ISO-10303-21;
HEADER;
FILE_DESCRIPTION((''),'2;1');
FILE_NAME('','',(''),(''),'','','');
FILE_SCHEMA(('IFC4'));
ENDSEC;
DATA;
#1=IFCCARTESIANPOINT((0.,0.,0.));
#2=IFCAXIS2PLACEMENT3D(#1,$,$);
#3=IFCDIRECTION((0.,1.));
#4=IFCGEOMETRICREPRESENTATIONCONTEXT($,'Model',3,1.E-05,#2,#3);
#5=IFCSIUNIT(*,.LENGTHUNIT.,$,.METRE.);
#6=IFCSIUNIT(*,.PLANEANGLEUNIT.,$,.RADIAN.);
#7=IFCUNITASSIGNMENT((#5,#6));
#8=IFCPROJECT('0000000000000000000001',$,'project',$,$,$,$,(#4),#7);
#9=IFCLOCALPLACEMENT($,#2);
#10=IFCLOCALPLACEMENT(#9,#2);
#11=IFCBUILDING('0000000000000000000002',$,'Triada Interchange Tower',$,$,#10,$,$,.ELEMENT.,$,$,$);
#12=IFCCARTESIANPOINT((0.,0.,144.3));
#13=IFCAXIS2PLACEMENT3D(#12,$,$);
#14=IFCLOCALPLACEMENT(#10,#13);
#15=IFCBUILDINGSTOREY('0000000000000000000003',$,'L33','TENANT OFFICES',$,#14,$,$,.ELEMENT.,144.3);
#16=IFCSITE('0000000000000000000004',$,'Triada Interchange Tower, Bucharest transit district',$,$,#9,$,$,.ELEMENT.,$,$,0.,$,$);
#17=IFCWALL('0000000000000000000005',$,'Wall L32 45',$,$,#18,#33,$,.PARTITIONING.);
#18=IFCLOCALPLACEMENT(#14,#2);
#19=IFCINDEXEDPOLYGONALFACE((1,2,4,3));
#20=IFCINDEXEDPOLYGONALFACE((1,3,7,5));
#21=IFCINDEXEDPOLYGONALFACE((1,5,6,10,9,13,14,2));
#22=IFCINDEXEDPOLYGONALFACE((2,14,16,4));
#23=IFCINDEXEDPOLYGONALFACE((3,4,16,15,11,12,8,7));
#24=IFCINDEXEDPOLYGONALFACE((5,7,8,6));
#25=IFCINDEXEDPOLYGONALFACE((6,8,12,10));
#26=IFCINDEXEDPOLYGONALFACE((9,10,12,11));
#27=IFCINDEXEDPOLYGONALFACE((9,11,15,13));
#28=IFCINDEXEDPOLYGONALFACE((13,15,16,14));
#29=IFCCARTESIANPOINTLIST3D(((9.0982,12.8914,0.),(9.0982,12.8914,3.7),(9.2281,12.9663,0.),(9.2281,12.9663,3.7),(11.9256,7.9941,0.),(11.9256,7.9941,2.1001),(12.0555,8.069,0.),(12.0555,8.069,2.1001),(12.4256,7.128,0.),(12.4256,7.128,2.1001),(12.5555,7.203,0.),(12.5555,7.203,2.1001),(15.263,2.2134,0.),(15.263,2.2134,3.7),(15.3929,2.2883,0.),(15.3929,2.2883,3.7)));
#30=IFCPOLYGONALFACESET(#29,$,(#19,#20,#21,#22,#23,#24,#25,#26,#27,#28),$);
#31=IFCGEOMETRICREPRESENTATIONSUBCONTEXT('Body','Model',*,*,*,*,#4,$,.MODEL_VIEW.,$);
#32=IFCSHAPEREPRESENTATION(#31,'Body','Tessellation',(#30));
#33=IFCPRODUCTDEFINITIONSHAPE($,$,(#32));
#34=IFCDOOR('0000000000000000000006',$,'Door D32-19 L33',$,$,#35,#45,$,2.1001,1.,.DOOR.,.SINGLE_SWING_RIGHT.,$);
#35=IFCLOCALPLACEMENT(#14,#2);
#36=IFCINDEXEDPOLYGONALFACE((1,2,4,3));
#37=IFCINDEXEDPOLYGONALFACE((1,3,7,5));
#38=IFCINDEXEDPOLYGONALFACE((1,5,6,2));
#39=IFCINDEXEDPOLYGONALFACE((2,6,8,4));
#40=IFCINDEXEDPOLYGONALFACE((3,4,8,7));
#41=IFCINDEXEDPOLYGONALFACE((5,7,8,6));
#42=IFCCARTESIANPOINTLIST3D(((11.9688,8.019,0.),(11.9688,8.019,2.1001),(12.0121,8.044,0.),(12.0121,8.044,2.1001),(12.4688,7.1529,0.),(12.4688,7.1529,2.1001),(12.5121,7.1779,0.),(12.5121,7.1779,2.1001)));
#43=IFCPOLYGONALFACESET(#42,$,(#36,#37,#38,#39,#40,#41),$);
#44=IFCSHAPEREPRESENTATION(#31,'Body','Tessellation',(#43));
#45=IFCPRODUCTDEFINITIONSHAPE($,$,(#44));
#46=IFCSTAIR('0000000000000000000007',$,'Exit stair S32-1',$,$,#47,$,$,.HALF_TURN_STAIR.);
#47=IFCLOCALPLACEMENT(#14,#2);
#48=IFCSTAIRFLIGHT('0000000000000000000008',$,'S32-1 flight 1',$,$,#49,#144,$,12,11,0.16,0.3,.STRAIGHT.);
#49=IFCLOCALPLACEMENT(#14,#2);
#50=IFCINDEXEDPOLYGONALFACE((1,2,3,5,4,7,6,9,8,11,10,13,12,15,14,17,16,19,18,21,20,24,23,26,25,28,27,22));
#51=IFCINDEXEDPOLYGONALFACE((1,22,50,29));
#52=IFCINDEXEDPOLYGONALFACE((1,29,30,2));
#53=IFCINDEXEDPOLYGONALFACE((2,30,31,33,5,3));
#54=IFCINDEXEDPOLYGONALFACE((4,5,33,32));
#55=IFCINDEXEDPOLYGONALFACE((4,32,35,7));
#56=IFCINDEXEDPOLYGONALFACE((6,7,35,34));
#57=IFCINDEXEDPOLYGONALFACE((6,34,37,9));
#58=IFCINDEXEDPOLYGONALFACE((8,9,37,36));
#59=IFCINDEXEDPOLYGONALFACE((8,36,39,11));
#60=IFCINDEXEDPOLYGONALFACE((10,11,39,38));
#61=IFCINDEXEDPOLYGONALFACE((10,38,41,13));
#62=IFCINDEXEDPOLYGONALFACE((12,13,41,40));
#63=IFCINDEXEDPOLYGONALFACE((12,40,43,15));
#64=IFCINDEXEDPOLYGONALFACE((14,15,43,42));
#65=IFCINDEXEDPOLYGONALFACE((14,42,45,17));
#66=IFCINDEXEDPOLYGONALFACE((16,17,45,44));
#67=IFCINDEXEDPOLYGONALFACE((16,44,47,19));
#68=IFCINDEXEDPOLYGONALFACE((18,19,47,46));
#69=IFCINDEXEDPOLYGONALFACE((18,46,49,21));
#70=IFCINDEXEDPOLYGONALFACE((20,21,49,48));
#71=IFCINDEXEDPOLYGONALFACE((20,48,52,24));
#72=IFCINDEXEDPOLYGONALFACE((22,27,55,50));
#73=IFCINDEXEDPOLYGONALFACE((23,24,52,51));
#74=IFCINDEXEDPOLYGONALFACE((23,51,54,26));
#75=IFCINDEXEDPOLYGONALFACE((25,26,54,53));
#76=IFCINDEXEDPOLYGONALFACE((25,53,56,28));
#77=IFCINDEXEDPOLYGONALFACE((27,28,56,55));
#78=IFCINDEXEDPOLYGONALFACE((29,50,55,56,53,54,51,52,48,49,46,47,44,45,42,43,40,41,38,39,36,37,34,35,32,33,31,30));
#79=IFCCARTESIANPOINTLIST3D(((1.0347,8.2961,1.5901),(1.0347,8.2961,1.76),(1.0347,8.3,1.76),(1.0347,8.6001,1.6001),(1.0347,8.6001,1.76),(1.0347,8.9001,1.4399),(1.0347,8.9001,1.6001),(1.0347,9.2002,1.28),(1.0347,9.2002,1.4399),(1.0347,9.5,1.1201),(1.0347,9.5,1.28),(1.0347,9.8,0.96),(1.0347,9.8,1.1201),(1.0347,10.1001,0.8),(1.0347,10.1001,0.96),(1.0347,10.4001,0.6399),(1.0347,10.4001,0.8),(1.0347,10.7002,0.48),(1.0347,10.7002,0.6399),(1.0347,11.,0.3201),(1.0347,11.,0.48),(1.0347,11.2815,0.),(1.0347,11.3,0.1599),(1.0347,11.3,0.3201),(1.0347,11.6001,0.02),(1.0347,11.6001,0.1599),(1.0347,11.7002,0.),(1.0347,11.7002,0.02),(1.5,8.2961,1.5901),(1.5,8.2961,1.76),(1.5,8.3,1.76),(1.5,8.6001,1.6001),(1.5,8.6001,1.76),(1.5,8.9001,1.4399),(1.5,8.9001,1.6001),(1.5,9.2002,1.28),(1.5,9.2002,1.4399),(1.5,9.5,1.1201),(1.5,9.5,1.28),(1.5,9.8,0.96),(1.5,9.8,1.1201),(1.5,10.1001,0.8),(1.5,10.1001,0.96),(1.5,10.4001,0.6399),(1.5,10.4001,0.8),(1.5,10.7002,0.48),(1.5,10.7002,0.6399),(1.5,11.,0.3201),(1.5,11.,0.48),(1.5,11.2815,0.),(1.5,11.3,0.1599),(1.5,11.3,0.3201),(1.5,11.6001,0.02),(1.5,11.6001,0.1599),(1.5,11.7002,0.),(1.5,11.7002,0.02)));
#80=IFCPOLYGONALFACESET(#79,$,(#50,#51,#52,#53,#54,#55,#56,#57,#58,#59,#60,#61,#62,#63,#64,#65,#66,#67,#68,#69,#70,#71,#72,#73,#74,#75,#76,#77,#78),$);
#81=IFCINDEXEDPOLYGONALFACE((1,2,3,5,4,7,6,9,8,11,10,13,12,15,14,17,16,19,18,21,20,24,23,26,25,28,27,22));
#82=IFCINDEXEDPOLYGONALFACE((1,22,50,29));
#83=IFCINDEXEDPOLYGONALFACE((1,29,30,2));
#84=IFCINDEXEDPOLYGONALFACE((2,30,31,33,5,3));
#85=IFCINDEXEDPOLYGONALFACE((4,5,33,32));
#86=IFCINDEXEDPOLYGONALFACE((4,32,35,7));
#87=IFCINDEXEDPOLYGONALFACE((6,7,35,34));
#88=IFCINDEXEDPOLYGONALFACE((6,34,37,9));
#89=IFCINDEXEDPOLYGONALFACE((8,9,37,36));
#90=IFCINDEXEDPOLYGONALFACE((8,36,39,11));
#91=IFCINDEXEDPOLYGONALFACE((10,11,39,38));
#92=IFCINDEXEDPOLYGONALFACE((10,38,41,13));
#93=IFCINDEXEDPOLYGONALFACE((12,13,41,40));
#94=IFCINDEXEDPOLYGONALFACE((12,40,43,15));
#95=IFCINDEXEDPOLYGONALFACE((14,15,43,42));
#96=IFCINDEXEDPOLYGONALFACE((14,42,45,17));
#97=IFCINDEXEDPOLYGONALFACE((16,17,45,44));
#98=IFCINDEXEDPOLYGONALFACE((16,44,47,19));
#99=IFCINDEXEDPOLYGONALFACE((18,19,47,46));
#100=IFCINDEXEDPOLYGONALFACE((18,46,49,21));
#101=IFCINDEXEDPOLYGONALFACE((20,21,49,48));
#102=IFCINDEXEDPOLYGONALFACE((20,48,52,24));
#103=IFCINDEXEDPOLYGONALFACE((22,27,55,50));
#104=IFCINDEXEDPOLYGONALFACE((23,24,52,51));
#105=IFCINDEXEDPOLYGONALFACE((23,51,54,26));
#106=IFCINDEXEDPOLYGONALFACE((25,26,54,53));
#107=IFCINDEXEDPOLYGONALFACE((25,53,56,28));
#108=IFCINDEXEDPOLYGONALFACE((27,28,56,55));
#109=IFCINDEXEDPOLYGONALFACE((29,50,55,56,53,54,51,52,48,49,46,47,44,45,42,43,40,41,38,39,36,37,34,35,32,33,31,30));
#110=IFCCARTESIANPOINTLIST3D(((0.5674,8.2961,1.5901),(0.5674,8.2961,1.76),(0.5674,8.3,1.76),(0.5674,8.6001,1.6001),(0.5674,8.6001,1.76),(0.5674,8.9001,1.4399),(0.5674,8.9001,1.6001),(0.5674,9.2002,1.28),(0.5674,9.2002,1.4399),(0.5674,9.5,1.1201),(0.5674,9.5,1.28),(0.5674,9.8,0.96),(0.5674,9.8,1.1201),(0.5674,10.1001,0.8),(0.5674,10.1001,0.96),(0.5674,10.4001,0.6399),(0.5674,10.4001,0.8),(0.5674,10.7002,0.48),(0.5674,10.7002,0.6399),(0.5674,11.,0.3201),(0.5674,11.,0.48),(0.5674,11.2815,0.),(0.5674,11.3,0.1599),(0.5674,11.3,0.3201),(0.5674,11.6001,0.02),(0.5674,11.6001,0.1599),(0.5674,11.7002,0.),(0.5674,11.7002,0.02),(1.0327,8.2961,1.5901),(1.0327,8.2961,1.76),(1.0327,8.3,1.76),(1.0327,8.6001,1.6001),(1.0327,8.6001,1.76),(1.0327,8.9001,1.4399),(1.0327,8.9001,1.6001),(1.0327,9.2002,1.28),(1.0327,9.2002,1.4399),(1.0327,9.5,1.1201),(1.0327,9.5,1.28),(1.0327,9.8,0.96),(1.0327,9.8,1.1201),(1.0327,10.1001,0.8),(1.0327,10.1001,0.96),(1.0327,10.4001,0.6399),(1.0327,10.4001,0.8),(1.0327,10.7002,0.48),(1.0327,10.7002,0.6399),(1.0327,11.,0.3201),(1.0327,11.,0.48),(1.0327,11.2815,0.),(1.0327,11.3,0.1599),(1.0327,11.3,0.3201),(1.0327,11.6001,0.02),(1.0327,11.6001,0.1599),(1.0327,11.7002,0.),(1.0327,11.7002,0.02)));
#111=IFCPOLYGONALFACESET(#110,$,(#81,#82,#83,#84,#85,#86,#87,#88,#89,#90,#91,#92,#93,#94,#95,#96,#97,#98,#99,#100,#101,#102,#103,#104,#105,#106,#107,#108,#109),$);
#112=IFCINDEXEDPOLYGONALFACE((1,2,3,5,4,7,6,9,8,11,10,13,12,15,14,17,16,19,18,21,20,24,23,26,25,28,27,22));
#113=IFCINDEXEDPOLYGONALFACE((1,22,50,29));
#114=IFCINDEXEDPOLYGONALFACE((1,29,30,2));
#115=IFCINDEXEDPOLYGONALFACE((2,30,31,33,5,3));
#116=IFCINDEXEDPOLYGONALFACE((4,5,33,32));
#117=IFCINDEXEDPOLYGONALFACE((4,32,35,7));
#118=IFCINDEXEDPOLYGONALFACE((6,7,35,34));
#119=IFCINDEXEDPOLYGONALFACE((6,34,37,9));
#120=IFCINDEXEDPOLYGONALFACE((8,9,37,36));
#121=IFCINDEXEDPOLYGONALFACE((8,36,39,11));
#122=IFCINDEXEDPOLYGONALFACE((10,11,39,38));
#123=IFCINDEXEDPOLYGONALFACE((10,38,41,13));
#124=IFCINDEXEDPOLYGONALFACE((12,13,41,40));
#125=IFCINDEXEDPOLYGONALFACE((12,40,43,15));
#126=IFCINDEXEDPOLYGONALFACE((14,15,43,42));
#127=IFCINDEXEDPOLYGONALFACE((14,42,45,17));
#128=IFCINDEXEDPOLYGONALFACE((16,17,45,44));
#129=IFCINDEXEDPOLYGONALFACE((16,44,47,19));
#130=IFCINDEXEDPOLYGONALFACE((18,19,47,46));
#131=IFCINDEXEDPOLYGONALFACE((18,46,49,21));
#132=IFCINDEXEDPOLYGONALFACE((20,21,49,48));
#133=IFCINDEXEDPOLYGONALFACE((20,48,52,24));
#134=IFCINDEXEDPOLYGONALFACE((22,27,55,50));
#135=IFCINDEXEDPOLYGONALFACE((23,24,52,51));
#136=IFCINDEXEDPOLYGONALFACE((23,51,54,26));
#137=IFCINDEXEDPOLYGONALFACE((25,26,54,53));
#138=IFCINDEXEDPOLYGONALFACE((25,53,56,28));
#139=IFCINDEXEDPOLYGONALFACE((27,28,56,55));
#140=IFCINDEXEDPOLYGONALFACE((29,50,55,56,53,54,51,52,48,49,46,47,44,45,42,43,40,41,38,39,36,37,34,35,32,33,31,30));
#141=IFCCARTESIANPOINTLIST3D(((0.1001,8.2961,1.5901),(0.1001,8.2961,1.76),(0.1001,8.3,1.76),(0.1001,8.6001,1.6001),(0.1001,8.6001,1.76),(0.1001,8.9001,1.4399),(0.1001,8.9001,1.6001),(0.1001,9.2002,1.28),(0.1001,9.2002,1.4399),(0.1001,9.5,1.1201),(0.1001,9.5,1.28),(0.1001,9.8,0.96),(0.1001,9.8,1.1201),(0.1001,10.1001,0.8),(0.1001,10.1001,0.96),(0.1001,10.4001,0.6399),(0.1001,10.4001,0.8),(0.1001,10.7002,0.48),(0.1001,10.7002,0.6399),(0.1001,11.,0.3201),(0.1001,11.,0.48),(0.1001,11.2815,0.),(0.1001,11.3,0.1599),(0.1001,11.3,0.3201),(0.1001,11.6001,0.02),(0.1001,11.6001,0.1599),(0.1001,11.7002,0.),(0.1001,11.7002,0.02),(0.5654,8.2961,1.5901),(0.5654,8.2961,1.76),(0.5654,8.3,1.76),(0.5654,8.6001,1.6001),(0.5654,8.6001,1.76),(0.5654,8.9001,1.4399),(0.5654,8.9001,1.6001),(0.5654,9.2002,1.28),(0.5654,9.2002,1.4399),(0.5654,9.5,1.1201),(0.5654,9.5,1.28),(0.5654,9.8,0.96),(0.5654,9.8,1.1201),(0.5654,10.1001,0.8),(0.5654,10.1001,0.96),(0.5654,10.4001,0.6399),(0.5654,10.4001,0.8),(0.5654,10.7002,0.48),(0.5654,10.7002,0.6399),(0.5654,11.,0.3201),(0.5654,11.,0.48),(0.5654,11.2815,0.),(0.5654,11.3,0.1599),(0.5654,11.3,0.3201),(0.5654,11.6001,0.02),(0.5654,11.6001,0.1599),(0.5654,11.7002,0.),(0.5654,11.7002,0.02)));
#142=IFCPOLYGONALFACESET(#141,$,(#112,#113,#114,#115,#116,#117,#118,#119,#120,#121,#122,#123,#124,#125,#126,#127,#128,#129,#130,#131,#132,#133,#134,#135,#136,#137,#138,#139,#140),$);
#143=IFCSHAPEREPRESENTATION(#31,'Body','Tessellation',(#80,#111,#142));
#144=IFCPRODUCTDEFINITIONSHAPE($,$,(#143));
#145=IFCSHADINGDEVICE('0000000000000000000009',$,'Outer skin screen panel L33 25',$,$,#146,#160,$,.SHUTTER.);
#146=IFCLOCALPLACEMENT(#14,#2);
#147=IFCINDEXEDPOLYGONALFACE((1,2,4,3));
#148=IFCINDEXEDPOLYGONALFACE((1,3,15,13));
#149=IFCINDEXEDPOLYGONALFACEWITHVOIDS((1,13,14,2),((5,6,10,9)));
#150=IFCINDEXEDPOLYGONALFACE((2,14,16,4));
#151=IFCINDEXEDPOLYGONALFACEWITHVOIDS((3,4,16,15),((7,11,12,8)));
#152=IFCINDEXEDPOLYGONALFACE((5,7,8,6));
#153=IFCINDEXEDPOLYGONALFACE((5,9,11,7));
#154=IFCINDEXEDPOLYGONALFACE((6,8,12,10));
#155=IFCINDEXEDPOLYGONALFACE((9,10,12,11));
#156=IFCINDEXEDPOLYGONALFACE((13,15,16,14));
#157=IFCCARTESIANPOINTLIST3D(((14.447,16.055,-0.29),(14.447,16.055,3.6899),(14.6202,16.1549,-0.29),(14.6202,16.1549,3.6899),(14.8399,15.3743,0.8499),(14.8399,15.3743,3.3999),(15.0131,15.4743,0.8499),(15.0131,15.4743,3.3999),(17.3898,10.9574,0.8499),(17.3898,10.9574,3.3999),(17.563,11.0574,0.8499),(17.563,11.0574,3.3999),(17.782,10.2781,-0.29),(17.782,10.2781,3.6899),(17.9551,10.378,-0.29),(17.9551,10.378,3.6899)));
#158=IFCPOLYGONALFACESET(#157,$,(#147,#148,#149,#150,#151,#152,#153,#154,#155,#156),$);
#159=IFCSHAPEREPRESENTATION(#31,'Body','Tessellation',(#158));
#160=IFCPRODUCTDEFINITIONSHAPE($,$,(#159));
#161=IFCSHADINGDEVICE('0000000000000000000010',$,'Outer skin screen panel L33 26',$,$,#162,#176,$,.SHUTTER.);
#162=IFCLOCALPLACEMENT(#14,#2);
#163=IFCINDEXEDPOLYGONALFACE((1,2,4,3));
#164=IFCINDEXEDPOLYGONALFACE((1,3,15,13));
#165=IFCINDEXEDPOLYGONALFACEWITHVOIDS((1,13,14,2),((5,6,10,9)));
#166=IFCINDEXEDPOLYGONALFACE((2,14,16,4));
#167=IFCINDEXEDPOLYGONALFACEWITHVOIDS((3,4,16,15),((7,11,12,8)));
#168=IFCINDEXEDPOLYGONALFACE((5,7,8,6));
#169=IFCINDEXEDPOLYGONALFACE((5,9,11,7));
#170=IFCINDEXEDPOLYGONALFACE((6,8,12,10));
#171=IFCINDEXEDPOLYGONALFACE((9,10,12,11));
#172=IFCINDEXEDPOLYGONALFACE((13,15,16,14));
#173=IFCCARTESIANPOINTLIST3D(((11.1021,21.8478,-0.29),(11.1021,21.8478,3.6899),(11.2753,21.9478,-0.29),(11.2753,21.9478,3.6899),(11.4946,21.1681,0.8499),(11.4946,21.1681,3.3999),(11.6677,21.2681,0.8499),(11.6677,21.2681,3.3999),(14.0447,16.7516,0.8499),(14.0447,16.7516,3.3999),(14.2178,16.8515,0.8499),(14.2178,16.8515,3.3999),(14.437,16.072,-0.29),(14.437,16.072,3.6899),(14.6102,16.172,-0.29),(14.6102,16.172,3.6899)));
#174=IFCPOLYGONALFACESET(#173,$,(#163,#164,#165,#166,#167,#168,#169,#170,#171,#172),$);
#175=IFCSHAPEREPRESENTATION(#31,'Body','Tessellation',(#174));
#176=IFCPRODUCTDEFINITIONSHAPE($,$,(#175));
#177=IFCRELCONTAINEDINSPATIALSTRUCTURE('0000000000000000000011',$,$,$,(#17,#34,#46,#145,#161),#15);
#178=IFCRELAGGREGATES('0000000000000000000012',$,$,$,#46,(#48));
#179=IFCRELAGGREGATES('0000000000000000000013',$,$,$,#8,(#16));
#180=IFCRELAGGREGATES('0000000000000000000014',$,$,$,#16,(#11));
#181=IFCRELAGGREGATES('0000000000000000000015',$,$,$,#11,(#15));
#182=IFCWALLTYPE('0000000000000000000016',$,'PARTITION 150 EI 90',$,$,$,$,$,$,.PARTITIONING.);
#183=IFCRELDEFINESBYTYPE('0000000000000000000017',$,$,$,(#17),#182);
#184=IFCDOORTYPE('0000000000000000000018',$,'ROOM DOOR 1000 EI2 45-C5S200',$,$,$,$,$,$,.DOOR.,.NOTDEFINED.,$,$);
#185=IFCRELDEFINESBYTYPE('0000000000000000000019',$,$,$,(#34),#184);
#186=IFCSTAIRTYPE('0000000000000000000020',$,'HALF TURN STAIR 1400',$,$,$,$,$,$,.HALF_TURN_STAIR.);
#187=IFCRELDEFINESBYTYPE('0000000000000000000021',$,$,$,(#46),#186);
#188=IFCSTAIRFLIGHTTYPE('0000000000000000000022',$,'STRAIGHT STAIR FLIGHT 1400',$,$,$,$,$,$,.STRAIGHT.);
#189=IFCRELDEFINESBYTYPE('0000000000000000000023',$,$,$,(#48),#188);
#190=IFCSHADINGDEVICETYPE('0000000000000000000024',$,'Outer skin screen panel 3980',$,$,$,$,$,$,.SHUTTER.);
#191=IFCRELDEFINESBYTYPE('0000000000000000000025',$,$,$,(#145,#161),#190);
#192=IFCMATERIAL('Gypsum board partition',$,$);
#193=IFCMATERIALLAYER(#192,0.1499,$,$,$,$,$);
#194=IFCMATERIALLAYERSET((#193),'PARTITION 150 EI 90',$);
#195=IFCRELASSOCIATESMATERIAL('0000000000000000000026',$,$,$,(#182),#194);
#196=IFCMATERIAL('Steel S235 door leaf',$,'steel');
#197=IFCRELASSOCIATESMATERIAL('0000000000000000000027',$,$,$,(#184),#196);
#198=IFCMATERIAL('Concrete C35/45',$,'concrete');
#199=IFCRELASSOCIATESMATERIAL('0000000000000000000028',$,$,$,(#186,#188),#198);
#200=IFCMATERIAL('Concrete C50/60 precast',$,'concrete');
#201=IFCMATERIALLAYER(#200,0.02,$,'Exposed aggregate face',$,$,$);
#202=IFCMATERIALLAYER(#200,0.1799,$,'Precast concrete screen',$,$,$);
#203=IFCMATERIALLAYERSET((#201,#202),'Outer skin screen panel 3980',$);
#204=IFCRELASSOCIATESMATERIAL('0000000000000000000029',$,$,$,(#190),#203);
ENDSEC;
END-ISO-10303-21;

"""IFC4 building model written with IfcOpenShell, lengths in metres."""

from ifc_helpers import new_model, si_unit, direction, frame, frame_2d, origin, place, context, subcontext, project, spatial, polyline, rectangle, outline, extrude, material, layer, layer_set, type_object, element, fill, aggregate, save


model = new_model("IFC4")

# Units and contexts
model_context = context("Model", 3, precision=1e-05, world=origin(), true_north=direction((0.0, 1.0)))
body_context = subcontext(model_context, "Body", "Model", "MODEL_VIEW")
ifc_project = project(units=[si_unit("LENGTHUNIT", "METRE"), si_unit("PLANEANGLEUNIT", "RADIAN")], contexts=[model_context])

# Site, building, storey
site_placement = place(None, origin())
site = spatial("IfcSite", under=ifc_project, at=site_placement, Name="Triada Interchange Tower, Bucharest transit district", CompositionType="ELEMENT", RefElevation=0.0)
building_placement = place(site_placement, origin())
building = spatial("IfcBuilding", under=site, at=building_placement, Name="Triada Interchange Tower", CompositionType="ELEMENT")
storey_placement = place(building_placement, frame((0.0, 0.0, 144.3)))
storey = spatial("IfcBuildingStorey", under=building, at=storey_placement, Name="L33", Description="TENANT OFFICES", CompositionType="ELEMENT", Elevation=144.3)

# Shared definitions
ifc_material_1 = material(Name="Steel S235 door leaf", Category="steel")

# Shared definitions
ifc_material_2 = material(Name="Gypsum board partition")

# Wall, opening, door
ifc_layer_1 = layer(ifc_material_2, 0.1499)
ifc_layer_set_1 = layer_set([ifc_layer_1], Name="PARTITION 150 EI 90")
wall_type_1 = type_object("IfcWallType", Name="PARTITION 150 EI 90", PredefinedType="PARTITIONING", material=ifc_layer_set_1)
wall_1_placement = place(storey_placement, frame((9.1631, 12.929, 0.0), z_axis=(0.0, 0.0, 1.0), x_axis=(0.499992, -0.86603, 0.0)))
wall_1 = element("IfcWall", 1, at=wall_1_placement, inside=storey, type_object=wall_type_1, Name="Wall L32 45", PredefinedType="PARTITIONING", context=body_context, shape_type="SweptSolid", body=[
    extrude(rectangle(XDim=12.3298, YDim=0.1499, at=frame_2d((6.165, 0.0))), origin(), (0.0, 0.0, 1.0), 3.7),
])
opening_1_placement = place(wall_1_placement, frame((5.655, 0.0, 0.0)))
opening_1 = element("IfcOpeningElement", 2, at=opening_1_placement, cuts=wall_1, PredefinedType="OPENING", context=body_context, shape_type="SweptSolid", body=[
    extrude(rectangle(XDim=1.0, YDim=2.1001, at=frame_2d((0.5, 1.05))), frame((0.0, 0.085, 0.0), z_axis=(0.0, -1.0, 0.0), x_axis=(1.0, 0.0, 0.0)), (0.0, 0.0, 1.0), 0.1699),
])
door_type_1 = type_object("IfcDoorType", Name="ROOM DOOR 1000 EI2 45-C5S200", OperationType="NOTDEFINED", PredefinedType="DOOR", material=ifc_material_1)
door_1_placement = place(opening_1_placement, origin())
door_1 = element("IfcDoor", 3, at=door_1_placement, inside=storey, type_object=door_type_1, Name="Door D32-19 L33", OperationType="SINGLE_SWING_RIGHT", OverallHeight=2.1001, OverallWidth=1.0, PredefinedType="DOOR", context=body_context, shape_type="SweptSolid", body=[
    extrude(rectangle(XDim=1.0, YDim=2.1001, at=frame_2d((0.5, 1.05))), frame((0.0, 0.0249, 0.0), z_axis=(0.0, -1.0, 0.0), x_axis=(1.0, 0.0, 0.0)), (0.0, 0.0, 1.0), 0.05),
])
fill(opening_1, door_1)

# Stair, stair flight
ifc_material_3 = material(Name="Concrete C35/45", Category="concrete")
stair_type = type_object("IfcStairType", Name="HALF TURN STAIR 1400", PredefinedType="HALF_TURN_STAIR", material=ifc_material_3)
stair_placement = place(storey_placement, origin())
stair = element("IfcStair", 4, at=stair_placement, inside=storey, type_object=stair_type, Name="Exit stair S32-1", PredefinedType="HALF_TURN_STAIR")
stair_flight_type = type_object("IfcStairFlightType", Name="STRAIGHT STAIR FLIGHT 1400", PredefinedType="STRAIGHT", material=ifc_material_3)
stair_flight_placement = place(storey_placement, frame((0.8, 11.6001, 0.0), z_axis=(0.0, 0.0, 1.0), x_axis=(0.0, -1.0, 0.0)))
stair_flight = element("IfcStairFlight", 5, at=stair_flight_placement, type_object=stair_flight_type, Name="S32-1 flight 1", NumberOfRisers=12, NumberOfTreads=11, PredefinedType="STRAIGHT", RiserHeight=0.16, TreadLength=0.3, context=body_context, shape_type="SweptSolid", body=[
    extrude(outline(polyline([(-0.1001, 0.0), (-0.1001, 0.02), (0.0, 0.02), (0.0, 0.1599), (0.3, 0.1599), (0.3, 0.3201), (0.6001, 0.3201), (0.6001, 0.48), (0.8999, 0.48), (0.8999, 0.6399), (1.2, 0.6399), (1.2, 0.8), (1.5, 0.8), (1.5, 0.96), (1.8, 0.96), (1.8, 1.1201), (2.1001, 1.1201), (2.1001, 1.28), (2.3999, 1.28), (2.3999, 1.4399), (2.7, 1.4399), (2.7, 1.6001), (3.0, 1.6001), (3.0, 1.76), (3.3, 1.76), (3.304, 1.76), (3.304, 1.9199), (3.304, 1.5901), (0.3186, 0.0), (-0.1001, 0.0)])), frame((0.0, 0.7, 0.0), z_axis=(0.0, -1.0, 0.0), x_axis=(1.0, 0.0, 0.0)), (0.0, 0.0, 1.0), 0.4653),
    extrude(outline(polyline([(-0.1001, 0.0), (-0.1001, 0.02), (0.0, 0.02), (0.0, 0.1599), (0.3, 0.1599), (0.3, 0.3201), (0.6001, 0.3201), (0.6001, 0.48), (0.8999, 0.48), (0.8999, 0.6399), (1.2, 0.6399), (1.2, 0.8), (1.5, 0.8), (1.5, 0.96), (1.8, 0.96), (1.8, 1.1201), (2.1001, 1.1201), (2.1001, 1.28), (2.3999, 1.28), (2.3999, 1.4399), (2.7, 1.4399), (2.7, 1.6001), (3.0, 1.6001), (3.0, 1.76), (3.3, 1.76), (3.304, 1.76), (3.304, 1.9199), (3.304, 1.5901), (0.3186, 0.0), (-0.1001, 0.0)])), frame((0.0, 0.2327, 0.0), z_axis=(0.0, -1.0, 0.0), x_axis=(1.0, 0.0, 0.0)), (0.0, 0.0, 1.0), 0.4653),
    extrude(outline(polyline([(-0.1001, 0.0), (-0.1001, 0.02), (0.0, 0.02), (0.0, 0.1599), (0.3, 0.1599), (0.3, 0.3201), (0.6001, 0.3201), (0.6001, 0.48), (0.8999, 0.48), (0.8999, 0.6399), (1.2, 0.6399), (1.2, 0.8), (1.5, 0.8), (1.5, 0.96), (1.8, 0.96), (1.8, 1.1201), (2.1001, 1.1201), (2.1001, 1.28), (2.3999, 1.28), (2.3999, 1.4399), (2.7, 1.4399), (2.7, 1.6001), (3.0, 1.6001), (3.0, 1.76), (3.3, 1.76), (3.304, 1.76), (3.304, 1.9199), (3.304, 1.5901), (0.3186, 0.0), (-0.1001, 0.0)])), frame((0.0, -0.2346, 0.0), z_axis=(0.0, -1.0, 0.0), x_axis=(1.0, 0.0, 0.0)), (0.0, 0.0, 1.0), 0.4653),
])

# Shading devices
ifc_material_4 = material(Name="Concrete C50/60 precast", Category="concrete")
ifc_layer_2 = layer(ifc_material_4, 0.02, Name="Exposed aggregate face")
ifc_layer_3 = layer(ifc_material_4, 0.1799, Name="Precast concrete screen")
ifc_layer_set_2 = layer_set([ifc_layer_2, ifc_layer_3], Name="Outer skin screen panel 3980")
shading_device_type = type_object("IfcShadingDeviceType", Name="Outer skin screen panel 3980", PredefinedType="SHUTTER", material=ifc_layer_set_2)
shading_device_1_placement = place(storey_placement, frame((17.782, 10.2781, -0.29), z_axis=(0.0, 0.0, 1.0), x_axis=(-0.499965, 0.866045, 0.0)))
element("IfcShadingDevice", 6, at=shading_device_1_placement, inside=storey, type_object=shading_device_type, Name="Outer skin screen panel L33 25", PredefinedType="SHUTTER", context=body_context, shape_type="SweptSolid", body=[
    extrude(outline(polyline([(0.0, 0.0), (6.6704, 0.0), (6.6704, 3.98), (0.0, 3.98), (0.0, 0.0)]), holes=[polyline([(0.7844, 1.1399), (0.7844, 3.6899), (5.8845, 3.6899), (5.8845, 1.1399), (0.7844, 1.1399)])]), frame((0.0, 0.0, 0.0), z_axis=(0.0, -1.0, 0.0), x_axis=(1.0, 0.0, 0.0)), (0.0, 0.0, 1.0), 0.2),
])
shading_device_2_placement = place(storey_placement, frame((14.437, 16.072, -0.29), z_axis=(0.0, 0.0, 1.0), x_axis=(-0.500029, 0.866009, 0.0)))
element("IfcShadingDevice", 7, at=shading_device_2_placement, inside=storey, type_object=shading_device_type, Name="Outer skin screen panel L33 26", PredefinedType="SHUTTER", context=body_context, shape_type="SweptSolid", body=[
    extrude(outline(polyline([(0.0, 0.0), (6.6694, 0.0), (6.6694, 3.98), (0.0, 3.98), (0.0, 0.0)]), holes=[polyline([(0.7847, 1.1399), (0.7847, 3.6899), (5.8845, 3.6899), (5.8845, 1.1399), (0.7847, 1.1399)])]), frame((0.0, 0.0, 0.0), z_axis=(0.0, -1.0, 0.0), x_axis=(1.0, 0.0, 0.0)), (0.0, 0.0, 1.0), 0.2),
])

aggregate(stair, [stair_flight])

save(model, "model.ifc")
